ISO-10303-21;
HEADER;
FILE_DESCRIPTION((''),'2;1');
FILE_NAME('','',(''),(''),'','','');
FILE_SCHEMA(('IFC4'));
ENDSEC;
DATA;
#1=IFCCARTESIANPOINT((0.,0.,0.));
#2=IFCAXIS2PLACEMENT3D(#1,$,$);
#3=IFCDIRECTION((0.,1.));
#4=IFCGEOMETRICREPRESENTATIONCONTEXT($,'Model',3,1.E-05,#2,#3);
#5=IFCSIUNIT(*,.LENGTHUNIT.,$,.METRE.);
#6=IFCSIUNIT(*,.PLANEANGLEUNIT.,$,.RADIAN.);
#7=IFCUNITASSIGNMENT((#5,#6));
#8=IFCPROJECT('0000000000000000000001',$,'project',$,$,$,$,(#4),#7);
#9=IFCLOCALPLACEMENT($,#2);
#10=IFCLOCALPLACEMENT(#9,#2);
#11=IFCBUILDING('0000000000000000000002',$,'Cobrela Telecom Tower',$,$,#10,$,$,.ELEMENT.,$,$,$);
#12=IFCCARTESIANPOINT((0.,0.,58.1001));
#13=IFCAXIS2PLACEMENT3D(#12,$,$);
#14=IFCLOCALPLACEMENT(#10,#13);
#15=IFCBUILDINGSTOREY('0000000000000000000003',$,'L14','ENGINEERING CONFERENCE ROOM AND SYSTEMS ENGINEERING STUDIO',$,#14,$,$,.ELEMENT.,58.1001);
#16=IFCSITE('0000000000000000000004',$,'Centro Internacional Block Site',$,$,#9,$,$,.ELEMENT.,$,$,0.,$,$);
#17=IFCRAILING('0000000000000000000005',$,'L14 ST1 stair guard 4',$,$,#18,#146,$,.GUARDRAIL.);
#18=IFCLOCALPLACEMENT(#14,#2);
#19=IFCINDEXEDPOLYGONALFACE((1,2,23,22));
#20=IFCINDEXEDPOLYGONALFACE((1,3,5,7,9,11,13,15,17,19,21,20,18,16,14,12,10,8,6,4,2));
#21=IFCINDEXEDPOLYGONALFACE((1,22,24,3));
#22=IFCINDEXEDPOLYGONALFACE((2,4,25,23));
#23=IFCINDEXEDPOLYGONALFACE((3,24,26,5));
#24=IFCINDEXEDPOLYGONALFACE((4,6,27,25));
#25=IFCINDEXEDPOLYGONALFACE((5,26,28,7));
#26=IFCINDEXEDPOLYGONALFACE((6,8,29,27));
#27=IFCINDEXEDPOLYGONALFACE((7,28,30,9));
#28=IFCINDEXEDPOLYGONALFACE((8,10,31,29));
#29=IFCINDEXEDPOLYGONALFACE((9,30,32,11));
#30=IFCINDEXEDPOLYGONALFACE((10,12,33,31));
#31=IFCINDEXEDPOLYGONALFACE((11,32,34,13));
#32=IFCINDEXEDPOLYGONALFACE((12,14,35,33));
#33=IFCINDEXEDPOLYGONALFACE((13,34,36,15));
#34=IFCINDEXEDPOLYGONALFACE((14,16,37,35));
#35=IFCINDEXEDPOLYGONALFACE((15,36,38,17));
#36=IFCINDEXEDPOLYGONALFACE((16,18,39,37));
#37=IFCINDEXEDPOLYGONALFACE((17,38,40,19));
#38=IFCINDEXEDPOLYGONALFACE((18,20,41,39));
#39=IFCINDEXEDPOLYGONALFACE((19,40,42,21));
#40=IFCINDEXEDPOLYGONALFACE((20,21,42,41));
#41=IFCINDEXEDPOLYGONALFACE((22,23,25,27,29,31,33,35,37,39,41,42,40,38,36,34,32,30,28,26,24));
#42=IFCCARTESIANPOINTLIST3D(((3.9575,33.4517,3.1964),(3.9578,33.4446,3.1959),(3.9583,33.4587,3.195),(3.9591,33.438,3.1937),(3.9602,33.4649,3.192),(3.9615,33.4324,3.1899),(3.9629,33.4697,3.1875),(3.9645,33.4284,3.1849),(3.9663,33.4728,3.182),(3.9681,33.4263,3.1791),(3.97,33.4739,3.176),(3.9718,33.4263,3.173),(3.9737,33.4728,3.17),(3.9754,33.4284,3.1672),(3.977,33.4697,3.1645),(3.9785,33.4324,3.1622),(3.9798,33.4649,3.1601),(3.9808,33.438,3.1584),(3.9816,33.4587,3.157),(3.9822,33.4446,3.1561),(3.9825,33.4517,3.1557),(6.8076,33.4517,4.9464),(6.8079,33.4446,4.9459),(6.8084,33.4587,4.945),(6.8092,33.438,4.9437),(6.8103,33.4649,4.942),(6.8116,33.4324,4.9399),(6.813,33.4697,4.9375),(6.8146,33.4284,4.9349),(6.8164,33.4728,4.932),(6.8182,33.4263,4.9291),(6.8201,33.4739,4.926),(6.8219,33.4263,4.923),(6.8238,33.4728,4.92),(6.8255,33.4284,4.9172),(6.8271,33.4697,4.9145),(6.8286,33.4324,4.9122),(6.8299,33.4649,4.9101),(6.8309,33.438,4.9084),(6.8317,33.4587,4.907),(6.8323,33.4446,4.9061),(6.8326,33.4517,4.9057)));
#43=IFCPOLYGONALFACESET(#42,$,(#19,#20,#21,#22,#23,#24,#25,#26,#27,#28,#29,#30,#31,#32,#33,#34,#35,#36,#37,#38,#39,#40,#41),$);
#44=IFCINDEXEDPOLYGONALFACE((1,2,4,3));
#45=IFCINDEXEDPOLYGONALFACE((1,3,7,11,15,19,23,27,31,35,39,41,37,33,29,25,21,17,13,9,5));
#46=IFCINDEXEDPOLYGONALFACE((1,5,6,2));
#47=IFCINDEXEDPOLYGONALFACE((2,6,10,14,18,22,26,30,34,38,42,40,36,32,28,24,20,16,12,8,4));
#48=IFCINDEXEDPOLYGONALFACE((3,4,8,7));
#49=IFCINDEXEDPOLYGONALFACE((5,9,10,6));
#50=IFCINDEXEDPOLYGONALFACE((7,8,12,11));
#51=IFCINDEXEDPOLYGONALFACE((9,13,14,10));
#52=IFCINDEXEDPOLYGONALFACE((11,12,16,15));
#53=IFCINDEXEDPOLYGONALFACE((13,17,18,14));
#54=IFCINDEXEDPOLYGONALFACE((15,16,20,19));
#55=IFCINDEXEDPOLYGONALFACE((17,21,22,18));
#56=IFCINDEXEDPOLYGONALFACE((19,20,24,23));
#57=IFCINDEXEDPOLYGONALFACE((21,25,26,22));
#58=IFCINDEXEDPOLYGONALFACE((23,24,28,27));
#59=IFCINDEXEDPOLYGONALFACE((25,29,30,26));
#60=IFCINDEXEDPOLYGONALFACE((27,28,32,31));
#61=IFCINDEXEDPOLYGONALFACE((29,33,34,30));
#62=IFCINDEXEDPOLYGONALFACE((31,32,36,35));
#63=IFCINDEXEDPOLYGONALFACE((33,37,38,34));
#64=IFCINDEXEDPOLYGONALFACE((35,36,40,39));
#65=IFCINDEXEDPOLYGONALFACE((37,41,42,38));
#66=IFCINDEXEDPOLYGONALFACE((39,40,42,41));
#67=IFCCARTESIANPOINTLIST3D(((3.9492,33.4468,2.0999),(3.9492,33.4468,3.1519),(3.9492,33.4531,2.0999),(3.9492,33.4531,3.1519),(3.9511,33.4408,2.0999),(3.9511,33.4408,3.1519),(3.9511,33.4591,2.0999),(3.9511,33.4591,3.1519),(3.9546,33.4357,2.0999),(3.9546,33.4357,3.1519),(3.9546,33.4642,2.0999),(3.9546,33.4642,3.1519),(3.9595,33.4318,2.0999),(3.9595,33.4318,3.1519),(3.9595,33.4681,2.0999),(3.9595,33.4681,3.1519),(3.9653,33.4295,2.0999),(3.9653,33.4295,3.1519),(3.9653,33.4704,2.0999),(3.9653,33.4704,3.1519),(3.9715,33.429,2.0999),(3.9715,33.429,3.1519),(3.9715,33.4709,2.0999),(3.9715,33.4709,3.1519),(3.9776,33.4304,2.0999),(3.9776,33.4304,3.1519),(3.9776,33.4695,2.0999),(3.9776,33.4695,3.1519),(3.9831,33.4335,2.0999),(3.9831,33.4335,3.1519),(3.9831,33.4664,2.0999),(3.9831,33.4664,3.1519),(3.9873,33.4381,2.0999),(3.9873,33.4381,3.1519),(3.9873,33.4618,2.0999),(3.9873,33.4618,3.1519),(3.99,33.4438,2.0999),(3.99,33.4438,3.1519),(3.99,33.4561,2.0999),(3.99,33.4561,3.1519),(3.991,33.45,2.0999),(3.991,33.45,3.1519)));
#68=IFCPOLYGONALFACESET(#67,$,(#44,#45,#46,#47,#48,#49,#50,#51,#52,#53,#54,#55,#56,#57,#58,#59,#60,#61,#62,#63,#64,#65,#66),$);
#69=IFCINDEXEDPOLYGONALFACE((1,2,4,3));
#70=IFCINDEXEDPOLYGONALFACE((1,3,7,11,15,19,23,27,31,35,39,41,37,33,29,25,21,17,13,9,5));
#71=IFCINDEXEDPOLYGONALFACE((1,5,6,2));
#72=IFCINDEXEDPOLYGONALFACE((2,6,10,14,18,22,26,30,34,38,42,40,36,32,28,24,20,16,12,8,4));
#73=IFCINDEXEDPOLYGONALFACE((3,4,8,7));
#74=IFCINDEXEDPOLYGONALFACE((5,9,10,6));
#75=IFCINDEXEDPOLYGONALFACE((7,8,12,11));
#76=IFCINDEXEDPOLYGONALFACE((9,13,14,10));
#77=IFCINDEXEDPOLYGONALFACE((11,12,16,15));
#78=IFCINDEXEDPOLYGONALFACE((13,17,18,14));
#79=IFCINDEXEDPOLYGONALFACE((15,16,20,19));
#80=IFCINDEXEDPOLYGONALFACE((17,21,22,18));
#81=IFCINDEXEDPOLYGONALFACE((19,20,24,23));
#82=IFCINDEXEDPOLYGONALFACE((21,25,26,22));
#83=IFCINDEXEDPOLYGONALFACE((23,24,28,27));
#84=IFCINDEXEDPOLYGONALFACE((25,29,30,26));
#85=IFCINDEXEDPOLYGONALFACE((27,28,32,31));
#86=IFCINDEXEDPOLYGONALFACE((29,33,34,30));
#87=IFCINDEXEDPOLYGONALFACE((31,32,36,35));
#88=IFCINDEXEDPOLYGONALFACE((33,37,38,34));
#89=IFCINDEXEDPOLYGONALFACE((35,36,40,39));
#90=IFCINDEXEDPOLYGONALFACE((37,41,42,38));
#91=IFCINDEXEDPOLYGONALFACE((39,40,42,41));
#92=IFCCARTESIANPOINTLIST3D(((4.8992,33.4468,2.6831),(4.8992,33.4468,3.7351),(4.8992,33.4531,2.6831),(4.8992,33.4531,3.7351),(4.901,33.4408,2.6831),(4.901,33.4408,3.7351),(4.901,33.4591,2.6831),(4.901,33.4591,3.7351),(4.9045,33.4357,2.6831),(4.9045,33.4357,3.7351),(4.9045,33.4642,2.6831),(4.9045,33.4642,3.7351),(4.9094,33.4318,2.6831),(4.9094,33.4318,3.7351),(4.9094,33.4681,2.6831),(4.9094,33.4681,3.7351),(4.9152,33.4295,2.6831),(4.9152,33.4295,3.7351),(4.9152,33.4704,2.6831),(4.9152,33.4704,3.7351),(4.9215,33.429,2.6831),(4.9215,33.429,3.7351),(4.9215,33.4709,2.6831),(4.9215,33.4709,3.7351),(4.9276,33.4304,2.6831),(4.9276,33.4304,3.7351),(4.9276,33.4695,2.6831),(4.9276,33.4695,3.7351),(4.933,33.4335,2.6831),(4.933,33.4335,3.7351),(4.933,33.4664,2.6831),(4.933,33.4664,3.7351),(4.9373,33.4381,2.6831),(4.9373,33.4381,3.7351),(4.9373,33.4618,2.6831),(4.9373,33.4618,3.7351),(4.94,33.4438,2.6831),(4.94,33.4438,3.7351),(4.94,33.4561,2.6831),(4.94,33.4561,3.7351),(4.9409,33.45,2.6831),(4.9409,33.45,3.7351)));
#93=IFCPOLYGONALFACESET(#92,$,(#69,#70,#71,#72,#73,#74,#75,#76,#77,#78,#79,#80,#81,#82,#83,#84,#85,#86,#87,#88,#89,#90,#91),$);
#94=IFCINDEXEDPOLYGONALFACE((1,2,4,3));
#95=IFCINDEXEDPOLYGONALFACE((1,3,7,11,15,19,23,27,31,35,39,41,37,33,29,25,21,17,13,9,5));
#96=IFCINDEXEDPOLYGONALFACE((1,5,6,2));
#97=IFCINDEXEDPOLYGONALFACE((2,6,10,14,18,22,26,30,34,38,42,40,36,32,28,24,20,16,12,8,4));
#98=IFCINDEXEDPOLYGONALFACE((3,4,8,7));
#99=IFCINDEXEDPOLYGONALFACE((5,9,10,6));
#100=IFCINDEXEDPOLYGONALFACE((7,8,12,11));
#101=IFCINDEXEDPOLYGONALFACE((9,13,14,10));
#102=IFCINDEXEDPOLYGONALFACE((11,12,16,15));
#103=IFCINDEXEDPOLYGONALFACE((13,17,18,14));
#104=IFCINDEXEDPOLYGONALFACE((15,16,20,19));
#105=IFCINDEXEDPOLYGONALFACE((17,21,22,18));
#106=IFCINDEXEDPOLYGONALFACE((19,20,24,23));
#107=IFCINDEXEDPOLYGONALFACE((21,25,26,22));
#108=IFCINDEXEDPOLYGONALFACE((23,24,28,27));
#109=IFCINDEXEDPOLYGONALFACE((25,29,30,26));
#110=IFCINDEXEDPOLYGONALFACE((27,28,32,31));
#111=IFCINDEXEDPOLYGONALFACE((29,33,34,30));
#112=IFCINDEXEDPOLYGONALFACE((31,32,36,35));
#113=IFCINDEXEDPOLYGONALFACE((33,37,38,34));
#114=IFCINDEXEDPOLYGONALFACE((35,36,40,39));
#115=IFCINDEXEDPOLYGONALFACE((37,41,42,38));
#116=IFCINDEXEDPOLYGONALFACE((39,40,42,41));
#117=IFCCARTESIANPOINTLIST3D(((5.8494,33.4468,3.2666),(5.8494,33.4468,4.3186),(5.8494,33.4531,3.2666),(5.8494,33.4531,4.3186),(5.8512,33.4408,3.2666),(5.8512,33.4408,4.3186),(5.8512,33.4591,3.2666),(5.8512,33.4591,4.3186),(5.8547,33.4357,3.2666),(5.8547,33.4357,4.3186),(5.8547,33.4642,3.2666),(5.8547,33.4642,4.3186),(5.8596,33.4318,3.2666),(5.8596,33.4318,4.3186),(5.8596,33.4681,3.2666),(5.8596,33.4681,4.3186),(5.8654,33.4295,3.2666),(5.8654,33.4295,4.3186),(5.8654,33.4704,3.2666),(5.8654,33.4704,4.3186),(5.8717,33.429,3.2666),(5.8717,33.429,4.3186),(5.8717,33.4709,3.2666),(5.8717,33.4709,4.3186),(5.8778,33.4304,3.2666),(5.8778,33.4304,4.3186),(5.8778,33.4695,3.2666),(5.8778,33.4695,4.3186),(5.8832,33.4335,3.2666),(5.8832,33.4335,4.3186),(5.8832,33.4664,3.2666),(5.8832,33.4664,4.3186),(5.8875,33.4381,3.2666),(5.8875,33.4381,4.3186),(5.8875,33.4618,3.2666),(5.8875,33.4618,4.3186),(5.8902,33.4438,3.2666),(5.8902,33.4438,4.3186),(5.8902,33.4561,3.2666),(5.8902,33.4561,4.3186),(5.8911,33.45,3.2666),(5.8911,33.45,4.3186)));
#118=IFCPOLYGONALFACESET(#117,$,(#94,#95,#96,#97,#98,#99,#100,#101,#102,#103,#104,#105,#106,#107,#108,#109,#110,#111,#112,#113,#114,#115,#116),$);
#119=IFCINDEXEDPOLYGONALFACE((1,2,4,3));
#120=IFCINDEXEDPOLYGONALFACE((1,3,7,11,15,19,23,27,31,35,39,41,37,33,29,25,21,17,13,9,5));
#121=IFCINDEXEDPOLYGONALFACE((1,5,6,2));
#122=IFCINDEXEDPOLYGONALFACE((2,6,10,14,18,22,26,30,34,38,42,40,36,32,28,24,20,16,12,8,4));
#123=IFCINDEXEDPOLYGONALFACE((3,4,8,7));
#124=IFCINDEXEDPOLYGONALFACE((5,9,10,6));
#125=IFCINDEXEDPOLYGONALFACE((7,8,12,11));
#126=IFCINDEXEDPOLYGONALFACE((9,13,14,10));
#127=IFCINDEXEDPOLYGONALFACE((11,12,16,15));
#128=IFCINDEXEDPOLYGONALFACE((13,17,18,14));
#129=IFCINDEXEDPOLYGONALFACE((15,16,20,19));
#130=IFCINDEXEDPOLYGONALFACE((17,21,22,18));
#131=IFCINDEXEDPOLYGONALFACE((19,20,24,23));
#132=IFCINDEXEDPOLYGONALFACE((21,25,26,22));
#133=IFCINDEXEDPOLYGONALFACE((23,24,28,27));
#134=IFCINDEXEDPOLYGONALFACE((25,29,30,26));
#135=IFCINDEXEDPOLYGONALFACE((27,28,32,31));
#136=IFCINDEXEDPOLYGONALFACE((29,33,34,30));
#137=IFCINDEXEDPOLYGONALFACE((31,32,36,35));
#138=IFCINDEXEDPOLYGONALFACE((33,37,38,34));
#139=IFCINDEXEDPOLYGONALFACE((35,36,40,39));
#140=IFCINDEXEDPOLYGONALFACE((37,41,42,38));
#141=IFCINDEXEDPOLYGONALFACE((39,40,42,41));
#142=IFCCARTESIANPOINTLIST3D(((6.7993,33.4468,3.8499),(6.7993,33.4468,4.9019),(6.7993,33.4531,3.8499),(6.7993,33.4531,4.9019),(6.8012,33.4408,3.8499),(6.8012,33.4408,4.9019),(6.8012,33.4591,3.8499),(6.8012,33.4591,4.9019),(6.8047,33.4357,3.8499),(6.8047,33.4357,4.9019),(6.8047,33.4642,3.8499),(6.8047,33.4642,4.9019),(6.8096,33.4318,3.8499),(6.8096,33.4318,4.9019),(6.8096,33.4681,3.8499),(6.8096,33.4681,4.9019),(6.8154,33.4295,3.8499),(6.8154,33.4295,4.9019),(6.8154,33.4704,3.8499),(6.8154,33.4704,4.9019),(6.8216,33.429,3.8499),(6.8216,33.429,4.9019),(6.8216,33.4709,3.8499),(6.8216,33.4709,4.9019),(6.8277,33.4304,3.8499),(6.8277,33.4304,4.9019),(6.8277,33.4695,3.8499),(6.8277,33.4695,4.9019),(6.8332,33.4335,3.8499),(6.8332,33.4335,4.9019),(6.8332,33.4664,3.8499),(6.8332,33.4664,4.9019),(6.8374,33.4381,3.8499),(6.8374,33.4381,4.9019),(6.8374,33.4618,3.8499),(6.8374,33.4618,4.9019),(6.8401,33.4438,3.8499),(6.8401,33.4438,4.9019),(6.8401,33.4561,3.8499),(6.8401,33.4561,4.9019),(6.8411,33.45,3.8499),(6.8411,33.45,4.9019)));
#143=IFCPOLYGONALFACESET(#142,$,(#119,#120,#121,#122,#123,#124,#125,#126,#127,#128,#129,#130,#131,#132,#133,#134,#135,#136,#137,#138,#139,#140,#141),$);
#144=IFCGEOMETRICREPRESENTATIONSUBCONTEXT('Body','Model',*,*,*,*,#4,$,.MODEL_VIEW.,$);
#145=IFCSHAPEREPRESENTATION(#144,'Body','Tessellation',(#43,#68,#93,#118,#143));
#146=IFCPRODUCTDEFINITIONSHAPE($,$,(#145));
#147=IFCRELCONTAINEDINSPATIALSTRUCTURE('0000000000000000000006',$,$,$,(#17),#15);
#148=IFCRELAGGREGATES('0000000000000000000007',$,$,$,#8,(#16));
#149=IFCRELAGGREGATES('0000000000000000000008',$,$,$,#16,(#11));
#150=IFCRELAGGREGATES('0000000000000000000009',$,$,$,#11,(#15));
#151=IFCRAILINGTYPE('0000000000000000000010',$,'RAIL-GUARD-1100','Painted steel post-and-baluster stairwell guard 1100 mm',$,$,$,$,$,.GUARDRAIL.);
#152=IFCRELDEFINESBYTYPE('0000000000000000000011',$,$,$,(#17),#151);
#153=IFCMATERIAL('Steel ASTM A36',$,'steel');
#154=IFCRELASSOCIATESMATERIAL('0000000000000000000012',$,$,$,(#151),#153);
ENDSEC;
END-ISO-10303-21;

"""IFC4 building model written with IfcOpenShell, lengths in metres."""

from ifc_helpers import new_model, si_unit, direction, frame, origin, origin_2d, place, context, subcontext, project, spatial, circle, extrude, material, type_object, element, save


model = new_model("IFC4")

# Units and contexts
model_context = context("Model", 3, precision=1e-05, world=origin(), true_north=direction((0.0, 1.0)))
body_context = subcontext(model_context, "Body", "Model", "MODEL_VIEW")
ifc_project = project(units=[si_unit("LENGTHUNIT", "METRE"), si_unit("PLANEANGLEUNIT", "RADIAN")], contexts=[model_context])

# Site, building, storey
site_placement = place(None, origin())
site = spatial("IfcSite", under=ifc_project, at=site_placement, Name="Centro Internacional Block Site", CompositionType="ELEMENT", RefElevation=0.0)
building_placement = place(site_placement, origin())
building = spatial("IfcBuilding", under=site, at=building_placement, Name="Cobrela Telecom Tower", CompositionType="ELEMENT")
storey_placement = place(building_placement, frame((0.0, 0.0, 58.1001)))
storey = spatial("IfcBuildingStorey", under=building, at=storey_placement, Name="L14", Description="ENGINEERING CONFERENCE ROOM AND SYSTEMS ENGINEERING STUDIO", CompositionType="ELEMENT", Elevation=58.1001)

# Shared definitions
ifc_material_1 = material(Name="Steel ASTM A36", Category="steel")

# Railing
railing_type_1 = type_object("IfcRailingType", Name="RAIL-GUARD-1100", Description="Painted steel post-and-baluster stairwell guard 1100 mm", PredefinedType="GUARDRAIL", material=ifc_material_1)
railing_1_placement = place(storey_placement, frame((3.97, 33.45, 2.0999)))
element("IfcRailing", 1, at=railing_1_placement, inside=storey, type_object=railing_type_1, Name="L14 ST1 stair guard 4", PredefinedType="GUARDRAIL", context=body_context, shape_type="SweptSolid", body=[
    extrude(circle(Radius=0.0239, at=origin_2d()), frame((0.0, 0.0, 1.0762), z_axis=(0.852179, 0.0, 0.52325), x_axis=(0.0, 1.0, 0.0)), (0.0, 0.0, 1.0), 3.3445),
    extrude(circle(Radius=0.021, at=origin_2d()), origin(), (0.0, 0.0, 1.0), 1.052),
    extrude(circle(Radius=0.021, at=origin_2d()), frame((0.95, 0.0, 0.5833)), (0.0, 0.0, 1.0), 1.052),
    extrude(circle(Radius=0.021, at=origin_2d()), frame((1.9001, 0.0, 1.1667)), (0.0, 0.0, 1.0), 1.052),
    extrude(circle(Radius=0.021, at=origin_2d()), frame((2.8501, 0.0, 1.75)), (0.0, 0.0, 1.0), 1.052),
])

save(model, "model.ifc")
